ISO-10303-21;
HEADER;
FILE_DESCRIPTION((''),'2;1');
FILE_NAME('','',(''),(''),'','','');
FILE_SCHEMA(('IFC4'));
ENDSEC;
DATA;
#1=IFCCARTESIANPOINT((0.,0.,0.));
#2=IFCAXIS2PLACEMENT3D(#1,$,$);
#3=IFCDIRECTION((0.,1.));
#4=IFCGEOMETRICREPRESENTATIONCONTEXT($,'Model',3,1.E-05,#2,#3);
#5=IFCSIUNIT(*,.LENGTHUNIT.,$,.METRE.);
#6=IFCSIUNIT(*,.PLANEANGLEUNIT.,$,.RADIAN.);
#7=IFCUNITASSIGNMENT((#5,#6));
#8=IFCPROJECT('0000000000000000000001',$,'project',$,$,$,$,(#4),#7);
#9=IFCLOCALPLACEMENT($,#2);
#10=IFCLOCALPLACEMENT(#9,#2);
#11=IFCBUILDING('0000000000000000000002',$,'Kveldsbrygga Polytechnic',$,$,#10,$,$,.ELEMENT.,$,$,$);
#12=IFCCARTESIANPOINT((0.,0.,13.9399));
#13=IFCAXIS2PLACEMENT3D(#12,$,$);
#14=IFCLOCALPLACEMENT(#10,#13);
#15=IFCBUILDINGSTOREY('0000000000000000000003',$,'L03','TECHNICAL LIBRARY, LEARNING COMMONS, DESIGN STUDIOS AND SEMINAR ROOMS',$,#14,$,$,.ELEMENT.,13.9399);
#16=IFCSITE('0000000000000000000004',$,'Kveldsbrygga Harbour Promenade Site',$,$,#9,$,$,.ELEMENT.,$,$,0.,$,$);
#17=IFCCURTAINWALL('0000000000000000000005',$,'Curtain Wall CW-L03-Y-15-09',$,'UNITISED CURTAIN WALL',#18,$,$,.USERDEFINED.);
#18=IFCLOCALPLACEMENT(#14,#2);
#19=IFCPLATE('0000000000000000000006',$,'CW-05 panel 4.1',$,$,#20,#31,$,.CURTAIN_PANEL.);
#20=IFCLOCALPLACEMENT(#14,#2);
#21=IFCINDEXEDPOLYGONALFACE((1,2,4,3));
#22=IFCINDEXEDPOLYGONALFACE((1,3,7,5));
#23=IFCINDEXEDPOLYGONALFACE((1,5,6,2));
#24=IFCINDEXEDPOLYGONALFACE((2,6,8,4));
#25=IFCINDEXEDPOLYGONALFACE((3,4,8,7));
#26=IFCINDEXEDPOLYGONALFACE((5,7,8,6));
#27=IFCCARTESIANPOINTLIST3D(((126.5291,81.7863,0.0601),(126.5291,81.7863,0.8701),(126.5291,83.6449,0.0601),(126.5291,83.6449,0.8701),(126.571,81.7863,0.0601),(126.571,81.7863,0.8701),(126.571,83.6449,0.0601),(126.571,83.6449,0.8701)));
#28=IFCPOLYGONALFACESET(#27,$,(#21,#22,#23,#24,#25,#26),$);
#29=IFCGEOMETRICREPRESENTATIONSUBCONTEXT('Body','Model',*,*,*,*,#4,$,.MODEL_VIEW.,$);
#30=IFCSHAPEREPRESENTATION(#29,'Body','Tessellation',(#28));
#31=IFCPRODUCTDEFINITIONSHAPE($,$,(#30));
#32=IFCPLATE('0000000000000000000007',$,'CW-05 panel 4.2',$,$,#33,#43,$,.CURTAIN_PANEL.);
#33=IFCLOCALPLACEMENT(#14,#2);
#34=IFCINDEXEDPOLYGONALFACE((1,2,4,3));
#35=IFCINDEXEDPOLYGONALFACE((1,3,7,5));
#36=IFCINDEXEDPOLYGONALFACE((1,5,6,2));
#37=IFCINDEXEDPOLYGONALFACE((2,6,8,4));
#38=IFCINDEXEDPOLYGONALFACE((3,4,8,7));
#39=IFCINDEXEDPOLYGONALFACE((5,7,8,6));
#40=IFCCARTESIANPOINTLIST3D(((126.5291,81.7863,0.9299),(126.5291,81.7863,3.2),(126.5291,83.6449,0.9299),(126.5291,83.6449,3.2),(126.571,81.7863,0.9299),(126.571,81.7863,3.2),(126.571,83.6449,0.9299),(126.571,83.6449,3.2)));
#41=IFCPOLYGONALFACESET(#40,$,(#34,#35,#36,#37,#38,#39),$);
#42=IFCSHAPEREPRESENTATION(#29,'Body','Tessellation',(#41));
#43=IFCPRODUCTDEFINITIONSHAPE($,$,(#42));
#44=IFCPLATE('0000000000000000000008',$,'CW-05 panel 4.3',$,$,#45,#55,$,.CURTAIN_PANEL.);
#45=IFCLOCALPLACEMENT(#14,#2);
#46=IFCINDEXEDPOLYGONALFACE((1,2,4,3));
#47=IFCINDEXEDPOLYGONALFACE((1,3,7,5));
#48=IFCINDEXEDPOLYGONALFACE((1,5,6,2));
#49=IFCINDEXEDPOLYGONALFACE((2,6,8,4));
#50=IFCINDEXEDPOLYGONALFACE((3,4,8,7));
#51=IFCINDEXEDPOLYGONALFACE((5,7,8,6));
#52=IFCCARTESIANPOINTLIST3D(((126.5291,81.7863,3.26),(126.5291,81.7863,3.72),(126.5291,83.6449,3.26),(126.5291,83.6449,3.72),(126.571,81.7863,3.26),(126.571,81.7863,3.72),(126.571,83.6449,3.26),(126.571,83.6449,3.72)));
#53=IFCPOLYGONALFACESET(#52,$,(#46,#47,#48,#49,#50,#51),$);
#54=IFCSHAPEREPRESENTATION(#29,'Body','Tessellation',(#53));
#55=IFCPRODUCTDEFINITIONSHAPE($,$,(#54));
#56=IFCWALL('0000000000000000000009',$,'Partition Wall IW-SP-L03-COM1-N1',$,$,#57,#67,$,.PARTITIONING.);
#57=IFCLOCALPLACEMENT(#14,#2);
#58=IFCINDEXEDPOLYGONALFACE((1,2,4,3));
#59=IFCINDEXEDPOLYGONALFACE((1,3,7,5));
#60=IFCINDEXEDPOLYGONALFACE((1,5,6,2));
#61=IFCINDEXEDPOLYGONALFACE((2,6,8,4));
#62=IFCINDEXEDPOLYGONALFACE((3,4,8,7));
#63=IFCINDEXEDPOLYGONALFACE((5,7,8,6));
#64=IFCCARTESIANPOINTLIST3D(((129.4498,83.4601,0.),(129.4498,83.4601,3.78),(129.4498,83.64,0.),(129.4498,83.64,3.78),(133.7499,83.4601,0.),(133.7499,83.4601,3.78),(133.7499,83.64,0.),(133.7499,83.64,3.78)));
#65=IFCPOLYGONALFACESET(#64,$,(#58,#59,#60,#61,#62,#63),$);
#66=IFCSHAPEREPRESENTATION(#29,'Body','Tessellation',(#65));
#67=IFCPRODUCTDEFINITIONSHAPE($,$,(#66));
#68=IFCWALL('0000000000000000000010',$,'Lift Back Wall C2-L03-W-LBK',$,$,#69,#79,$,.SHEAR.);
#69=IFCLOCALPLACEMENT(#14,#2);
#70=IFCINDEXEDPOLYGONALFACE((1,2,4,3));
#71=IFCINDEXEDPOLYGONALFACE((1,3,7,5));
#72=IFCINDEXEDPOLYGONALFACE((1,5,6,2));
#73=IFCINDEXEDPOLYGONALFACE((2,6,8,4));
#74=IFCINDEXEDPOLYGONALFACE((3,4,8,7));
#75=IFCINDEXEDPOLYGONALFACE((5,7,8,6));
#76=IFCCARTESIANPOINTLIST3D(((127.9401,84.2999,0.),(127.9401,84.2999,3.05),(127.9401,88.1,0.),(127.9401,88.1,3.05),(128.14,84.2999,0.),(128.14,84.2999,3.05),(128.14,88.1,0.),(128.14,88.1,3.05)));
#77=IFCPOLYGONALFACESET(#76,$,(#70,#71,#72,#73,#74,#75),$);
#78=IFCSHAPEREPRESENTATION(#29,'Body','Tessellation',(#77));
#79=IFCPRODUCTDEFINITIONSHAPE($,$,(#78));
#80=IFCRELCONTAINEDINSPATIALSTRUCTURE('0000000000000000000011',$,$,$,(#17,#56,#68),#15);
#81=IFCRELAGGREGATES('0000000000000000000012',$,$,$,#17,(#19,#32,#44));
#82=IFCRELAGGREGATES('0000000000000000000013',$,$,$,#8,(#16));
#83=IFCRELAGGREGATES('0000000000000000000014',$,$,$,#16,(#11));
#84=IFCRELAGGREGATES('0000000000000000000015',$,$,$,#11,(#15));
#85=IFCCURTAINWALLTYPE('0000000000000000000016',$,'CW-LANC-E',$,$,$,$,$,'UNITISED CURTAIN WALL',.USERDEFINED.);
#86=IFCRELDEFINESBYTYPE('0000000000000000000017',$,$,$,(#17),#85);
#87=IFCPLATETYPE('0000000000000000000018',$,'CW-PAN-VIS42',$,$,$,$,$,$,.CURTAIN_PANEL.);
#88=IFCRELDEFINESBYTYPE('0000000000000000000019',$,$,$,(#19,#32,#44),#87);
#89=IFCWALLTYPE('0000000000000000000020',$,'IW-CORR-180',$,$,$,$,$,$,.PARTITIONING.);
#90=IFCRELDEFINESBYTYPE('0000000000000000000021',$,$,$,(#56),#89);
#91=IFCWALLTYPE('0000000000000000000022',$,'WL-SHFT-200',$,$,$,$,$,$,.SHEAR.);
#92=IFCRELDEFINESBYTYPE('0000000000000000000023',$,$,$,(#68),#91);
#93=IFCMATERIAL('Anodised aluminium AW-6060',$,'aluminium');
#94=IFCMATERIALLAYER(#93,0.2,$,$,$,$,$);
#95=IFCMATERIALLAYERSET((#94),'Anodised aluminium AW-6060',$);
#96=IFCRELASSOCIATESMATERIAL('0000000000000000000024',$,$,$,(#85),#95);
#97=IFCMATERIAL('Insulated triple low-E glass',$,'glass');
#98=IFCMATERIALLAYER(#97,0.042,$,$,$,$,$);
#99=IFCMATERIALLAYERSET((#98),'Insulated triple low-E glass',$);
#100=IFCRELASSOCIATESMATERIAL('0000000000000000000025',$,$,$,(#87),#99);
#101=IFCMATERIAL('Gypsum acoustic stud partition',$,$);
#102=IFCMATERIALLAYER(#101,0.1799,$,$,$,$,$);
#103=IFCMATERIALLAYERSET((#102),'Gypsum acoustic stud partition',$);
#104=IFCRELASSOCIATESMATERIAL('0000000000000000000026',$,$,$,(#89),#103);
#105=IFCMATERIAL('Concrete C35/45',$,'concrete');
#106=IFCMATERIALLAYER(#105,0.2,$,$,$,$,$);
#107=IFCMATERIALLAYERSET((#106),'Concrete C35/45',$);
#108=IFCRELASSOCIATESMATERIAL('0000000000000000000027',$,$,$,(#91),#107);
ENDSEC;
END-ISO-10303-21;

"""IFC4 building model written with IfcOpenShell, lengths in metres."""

from ifc_helpers import new_model, si_unit, direction, frame, frame_2d, origin, origin_2d, place, context, subcontext, project, spatial, rectangle, extrude, material, layer, layer_set, type_object, element, aggregate, save


model = new_model("IFC4")

# Units and contexts
model_context = context("Model", 3, precision=1e-05, world=origin(), true_north=direction((0.0, 1.0)))
body_context = subcontext(model_context, "Body", "Model", "MODEL_VIEW")
ifc_project = project(units=[si_unit("LENGTHUNIT", "METRE"), si_unit("PLANEANGLEUNIT", "RADIAN")], contexts=[model_context])

# Site, building, storey
site_placement = place(None, origin())
site = spatial("IfcSite", under=ifc_project, at=site_placement, Name="Kveldsbrygga Harbour Promenade Site", CompositionType="ELEMENT", RefElevation=0.0)
building_placement = place(site_placement, origin())
building = spatial("IfcBuilding", under=site, at=building_placement, Name="Kveldsbrygga Polytechnic", CompositionType="ELEMENT")
storey_placement = place(building_placement, frame((0.0, 0.0, 13.9399)))
storey = spatial("IfcBuildingStorey", under=building, at=storey_placement, Name="L03", Description="TECHNICAL LIBRARY, LEARNING COMMONS, DESIGN STUDIOS AND SEMINAR ROOMS", CompositionType="ELEMENT", Elevation=13.9399)

# Shared definitions
ifc_material_1 = material(Name="Concrete C35/45", Category="concrete")

# Curtain wall, plates
ifc_material_2 = material(Name="Anodised aluminium AW-6060", Category="aluminium")
ifc_layer_1 = layer(ifc_material_2, 0.2)
ifc_layer_set_1 = layer_set([ifc_layer_1], Name="Anodised aluminium AW-6060")
curtain_wall_type = type_object("IfcCurtainWallType", Name="CW-LANC-E", ElementType="UNITISED CURTAIN WALL", PredefinedType="USERDEFINED", material=ifc_layer_set_1)
curtain_wall_placement = place(storey_placement, origin())
curtain_wall = element("IfcCurtainWall", 1, at=curtain_wall_placement, inside=storey, type_object=curtain_wall_type, Name="Curtain Wall CW-L03-Y-15-09", ObjectType="UNITISED CURTAIN WALL", PredefinedType="USERDEFINED")
ifc_material_3 = material(Name="Insulated triple low-E glass", Category="glass")
ifc_layer_2 = layer(ifc_material_3, 0.042)
ifc_layer_set_2 = layer_set([ifc_layer_2], Name="Insulated triple low-E glass")
plate_type = type_object("IfcPlateType", Name="CW-PAN-VIS42", PredefinedType="CURTAIN_PANEL", material=ifc_layer_set_2)
plate_1_placement = place(storey_placement, frame((126.55, 82.7156, 0.0601), z_axis=(0.0, 0.0, 1.0), x_axis=(0.0, 1.0, 0.0)))
plate_1 = element("IfcPlate", 2, at=plate_1_placement, type_object=plate_type, Name="CW-05 panel 4.1", PredefinedType="CURTAIN_PANEL", context=body_context, shape_type="SweptSolid", body=[
    extrude(rectangle(XDim=1.8586, YDim=0.042, at=origin_2d()), origin(), (0.0, 0.0, 1.0), 0.8101),
])
plate_2_placement = place(storey_placement, frame((126.55, 82.7156, 0.9299), z_axis=(0.0, 0.0, 1.0), x_axis=(0.0, 1.0, 0.0)))
plate_2 = element("IfcPlate", 3, at=plate_2_placement, type_object=plate_type, Name="CW-05 panel 4.2", PredefinedType="CURTAIN_PANEL", context=body_context, shape_type="SweptSolid", body=[
    extrude(rectangle(XDim=1.8586, YDim=0.042, at=origin_2d()), origin(), (0.0, 0.0, 1.0), 2.27),
])
plate_3_placement = place(storey_placement, frame((126.55, 82.7156, 3.26), z_axis=(0.0, 0.0, 1.0), x_axis=(0.0, 1.0, 0.0)))
plate_3 = element("IfcPlate", 4, at=plate_3_placement, type_object=plate_type, Name="CW-05 panel 4.3", PredefinedType="CURTAIN_PANEL", context=body_context, shape_type="SweptSolid", body=[
    extrude(rectangle(XDim=1.8586, YDim=0.042, at=origin_2d()), origin(), (0.0, 0.0, 1.0), 0.46),
])
aggregate(curtain_wall, [plate_1, plate_2, plate_3])

# Wall
ifc_material_4 = material(Name="Gypsum acoustic stud partition")
ifc_layer_3 = layer(ifc_material_4, 0.1799)
ifc_layer_set_3 = layer_set([ifc_layer_3], Name="Gypsum acoustic stud partition")
wall_type_1 = type_object("IfcWallType", Name="IW-CORR-180", PredefinedType="PARTITIONING", material=ifc_layer_set_3)
wall_1_placement = place(storey_placement, frame((129.45, 83.55, 0.0), z_axis=(0.0, 0.0, 1.0), x_axis=(1.0, 0.0, 0.0)))
element("IfcWall", 5, at=wall_1_placement, inside=storey, type_object=wall_type_1, Name="Partition Wall IW-SP-L03-COM1-N1", PredefinedType="PARTITIONING", context=body_context, shape_type="SweptSolid", body=[
    extrude(rectangle(XDim=4.3, YDim=0.1799, at=frame_2d((2.1499, 0.0))), origin(), (0.0, 0.0, 1.0), 3.78),
])

# Shared definitions
ifc_layer_4 = layer(ifc_material_1, 0.2)
ifc_layer_set_4 = layer_set([ifc_layer_4], Name="Concrete C35/45")
wall_type_2 = type_object("IfcWallType", Name="WL-SHFT-200", PredefinedType="SHEAR", material=ifc_layer_set_4)

# Wall
wall_2_placement = place(storey_placement, frame((128.04, 84.3, 0.0), z_axis=(0.0, 0.0, 1.0), x_axis=(0.0, 1.0, 0.0)))
element("IfcWall", 6, at=wall_2_placement, inside=storey, type_object=wall_type_2, Name="Lift Back Wall C2-L03-W-LBK", PredefinedType="SHEAR", context=body_context, shape_type="SweptSolid", body=[
    extrude(rectangle(XDim=3.8, YDim=0.2, at=frame_2d((1.8999, 0.0))), origin(), (0.0, 0.0, 1.0), 3.05),
])

save(model, "model.ifc")
